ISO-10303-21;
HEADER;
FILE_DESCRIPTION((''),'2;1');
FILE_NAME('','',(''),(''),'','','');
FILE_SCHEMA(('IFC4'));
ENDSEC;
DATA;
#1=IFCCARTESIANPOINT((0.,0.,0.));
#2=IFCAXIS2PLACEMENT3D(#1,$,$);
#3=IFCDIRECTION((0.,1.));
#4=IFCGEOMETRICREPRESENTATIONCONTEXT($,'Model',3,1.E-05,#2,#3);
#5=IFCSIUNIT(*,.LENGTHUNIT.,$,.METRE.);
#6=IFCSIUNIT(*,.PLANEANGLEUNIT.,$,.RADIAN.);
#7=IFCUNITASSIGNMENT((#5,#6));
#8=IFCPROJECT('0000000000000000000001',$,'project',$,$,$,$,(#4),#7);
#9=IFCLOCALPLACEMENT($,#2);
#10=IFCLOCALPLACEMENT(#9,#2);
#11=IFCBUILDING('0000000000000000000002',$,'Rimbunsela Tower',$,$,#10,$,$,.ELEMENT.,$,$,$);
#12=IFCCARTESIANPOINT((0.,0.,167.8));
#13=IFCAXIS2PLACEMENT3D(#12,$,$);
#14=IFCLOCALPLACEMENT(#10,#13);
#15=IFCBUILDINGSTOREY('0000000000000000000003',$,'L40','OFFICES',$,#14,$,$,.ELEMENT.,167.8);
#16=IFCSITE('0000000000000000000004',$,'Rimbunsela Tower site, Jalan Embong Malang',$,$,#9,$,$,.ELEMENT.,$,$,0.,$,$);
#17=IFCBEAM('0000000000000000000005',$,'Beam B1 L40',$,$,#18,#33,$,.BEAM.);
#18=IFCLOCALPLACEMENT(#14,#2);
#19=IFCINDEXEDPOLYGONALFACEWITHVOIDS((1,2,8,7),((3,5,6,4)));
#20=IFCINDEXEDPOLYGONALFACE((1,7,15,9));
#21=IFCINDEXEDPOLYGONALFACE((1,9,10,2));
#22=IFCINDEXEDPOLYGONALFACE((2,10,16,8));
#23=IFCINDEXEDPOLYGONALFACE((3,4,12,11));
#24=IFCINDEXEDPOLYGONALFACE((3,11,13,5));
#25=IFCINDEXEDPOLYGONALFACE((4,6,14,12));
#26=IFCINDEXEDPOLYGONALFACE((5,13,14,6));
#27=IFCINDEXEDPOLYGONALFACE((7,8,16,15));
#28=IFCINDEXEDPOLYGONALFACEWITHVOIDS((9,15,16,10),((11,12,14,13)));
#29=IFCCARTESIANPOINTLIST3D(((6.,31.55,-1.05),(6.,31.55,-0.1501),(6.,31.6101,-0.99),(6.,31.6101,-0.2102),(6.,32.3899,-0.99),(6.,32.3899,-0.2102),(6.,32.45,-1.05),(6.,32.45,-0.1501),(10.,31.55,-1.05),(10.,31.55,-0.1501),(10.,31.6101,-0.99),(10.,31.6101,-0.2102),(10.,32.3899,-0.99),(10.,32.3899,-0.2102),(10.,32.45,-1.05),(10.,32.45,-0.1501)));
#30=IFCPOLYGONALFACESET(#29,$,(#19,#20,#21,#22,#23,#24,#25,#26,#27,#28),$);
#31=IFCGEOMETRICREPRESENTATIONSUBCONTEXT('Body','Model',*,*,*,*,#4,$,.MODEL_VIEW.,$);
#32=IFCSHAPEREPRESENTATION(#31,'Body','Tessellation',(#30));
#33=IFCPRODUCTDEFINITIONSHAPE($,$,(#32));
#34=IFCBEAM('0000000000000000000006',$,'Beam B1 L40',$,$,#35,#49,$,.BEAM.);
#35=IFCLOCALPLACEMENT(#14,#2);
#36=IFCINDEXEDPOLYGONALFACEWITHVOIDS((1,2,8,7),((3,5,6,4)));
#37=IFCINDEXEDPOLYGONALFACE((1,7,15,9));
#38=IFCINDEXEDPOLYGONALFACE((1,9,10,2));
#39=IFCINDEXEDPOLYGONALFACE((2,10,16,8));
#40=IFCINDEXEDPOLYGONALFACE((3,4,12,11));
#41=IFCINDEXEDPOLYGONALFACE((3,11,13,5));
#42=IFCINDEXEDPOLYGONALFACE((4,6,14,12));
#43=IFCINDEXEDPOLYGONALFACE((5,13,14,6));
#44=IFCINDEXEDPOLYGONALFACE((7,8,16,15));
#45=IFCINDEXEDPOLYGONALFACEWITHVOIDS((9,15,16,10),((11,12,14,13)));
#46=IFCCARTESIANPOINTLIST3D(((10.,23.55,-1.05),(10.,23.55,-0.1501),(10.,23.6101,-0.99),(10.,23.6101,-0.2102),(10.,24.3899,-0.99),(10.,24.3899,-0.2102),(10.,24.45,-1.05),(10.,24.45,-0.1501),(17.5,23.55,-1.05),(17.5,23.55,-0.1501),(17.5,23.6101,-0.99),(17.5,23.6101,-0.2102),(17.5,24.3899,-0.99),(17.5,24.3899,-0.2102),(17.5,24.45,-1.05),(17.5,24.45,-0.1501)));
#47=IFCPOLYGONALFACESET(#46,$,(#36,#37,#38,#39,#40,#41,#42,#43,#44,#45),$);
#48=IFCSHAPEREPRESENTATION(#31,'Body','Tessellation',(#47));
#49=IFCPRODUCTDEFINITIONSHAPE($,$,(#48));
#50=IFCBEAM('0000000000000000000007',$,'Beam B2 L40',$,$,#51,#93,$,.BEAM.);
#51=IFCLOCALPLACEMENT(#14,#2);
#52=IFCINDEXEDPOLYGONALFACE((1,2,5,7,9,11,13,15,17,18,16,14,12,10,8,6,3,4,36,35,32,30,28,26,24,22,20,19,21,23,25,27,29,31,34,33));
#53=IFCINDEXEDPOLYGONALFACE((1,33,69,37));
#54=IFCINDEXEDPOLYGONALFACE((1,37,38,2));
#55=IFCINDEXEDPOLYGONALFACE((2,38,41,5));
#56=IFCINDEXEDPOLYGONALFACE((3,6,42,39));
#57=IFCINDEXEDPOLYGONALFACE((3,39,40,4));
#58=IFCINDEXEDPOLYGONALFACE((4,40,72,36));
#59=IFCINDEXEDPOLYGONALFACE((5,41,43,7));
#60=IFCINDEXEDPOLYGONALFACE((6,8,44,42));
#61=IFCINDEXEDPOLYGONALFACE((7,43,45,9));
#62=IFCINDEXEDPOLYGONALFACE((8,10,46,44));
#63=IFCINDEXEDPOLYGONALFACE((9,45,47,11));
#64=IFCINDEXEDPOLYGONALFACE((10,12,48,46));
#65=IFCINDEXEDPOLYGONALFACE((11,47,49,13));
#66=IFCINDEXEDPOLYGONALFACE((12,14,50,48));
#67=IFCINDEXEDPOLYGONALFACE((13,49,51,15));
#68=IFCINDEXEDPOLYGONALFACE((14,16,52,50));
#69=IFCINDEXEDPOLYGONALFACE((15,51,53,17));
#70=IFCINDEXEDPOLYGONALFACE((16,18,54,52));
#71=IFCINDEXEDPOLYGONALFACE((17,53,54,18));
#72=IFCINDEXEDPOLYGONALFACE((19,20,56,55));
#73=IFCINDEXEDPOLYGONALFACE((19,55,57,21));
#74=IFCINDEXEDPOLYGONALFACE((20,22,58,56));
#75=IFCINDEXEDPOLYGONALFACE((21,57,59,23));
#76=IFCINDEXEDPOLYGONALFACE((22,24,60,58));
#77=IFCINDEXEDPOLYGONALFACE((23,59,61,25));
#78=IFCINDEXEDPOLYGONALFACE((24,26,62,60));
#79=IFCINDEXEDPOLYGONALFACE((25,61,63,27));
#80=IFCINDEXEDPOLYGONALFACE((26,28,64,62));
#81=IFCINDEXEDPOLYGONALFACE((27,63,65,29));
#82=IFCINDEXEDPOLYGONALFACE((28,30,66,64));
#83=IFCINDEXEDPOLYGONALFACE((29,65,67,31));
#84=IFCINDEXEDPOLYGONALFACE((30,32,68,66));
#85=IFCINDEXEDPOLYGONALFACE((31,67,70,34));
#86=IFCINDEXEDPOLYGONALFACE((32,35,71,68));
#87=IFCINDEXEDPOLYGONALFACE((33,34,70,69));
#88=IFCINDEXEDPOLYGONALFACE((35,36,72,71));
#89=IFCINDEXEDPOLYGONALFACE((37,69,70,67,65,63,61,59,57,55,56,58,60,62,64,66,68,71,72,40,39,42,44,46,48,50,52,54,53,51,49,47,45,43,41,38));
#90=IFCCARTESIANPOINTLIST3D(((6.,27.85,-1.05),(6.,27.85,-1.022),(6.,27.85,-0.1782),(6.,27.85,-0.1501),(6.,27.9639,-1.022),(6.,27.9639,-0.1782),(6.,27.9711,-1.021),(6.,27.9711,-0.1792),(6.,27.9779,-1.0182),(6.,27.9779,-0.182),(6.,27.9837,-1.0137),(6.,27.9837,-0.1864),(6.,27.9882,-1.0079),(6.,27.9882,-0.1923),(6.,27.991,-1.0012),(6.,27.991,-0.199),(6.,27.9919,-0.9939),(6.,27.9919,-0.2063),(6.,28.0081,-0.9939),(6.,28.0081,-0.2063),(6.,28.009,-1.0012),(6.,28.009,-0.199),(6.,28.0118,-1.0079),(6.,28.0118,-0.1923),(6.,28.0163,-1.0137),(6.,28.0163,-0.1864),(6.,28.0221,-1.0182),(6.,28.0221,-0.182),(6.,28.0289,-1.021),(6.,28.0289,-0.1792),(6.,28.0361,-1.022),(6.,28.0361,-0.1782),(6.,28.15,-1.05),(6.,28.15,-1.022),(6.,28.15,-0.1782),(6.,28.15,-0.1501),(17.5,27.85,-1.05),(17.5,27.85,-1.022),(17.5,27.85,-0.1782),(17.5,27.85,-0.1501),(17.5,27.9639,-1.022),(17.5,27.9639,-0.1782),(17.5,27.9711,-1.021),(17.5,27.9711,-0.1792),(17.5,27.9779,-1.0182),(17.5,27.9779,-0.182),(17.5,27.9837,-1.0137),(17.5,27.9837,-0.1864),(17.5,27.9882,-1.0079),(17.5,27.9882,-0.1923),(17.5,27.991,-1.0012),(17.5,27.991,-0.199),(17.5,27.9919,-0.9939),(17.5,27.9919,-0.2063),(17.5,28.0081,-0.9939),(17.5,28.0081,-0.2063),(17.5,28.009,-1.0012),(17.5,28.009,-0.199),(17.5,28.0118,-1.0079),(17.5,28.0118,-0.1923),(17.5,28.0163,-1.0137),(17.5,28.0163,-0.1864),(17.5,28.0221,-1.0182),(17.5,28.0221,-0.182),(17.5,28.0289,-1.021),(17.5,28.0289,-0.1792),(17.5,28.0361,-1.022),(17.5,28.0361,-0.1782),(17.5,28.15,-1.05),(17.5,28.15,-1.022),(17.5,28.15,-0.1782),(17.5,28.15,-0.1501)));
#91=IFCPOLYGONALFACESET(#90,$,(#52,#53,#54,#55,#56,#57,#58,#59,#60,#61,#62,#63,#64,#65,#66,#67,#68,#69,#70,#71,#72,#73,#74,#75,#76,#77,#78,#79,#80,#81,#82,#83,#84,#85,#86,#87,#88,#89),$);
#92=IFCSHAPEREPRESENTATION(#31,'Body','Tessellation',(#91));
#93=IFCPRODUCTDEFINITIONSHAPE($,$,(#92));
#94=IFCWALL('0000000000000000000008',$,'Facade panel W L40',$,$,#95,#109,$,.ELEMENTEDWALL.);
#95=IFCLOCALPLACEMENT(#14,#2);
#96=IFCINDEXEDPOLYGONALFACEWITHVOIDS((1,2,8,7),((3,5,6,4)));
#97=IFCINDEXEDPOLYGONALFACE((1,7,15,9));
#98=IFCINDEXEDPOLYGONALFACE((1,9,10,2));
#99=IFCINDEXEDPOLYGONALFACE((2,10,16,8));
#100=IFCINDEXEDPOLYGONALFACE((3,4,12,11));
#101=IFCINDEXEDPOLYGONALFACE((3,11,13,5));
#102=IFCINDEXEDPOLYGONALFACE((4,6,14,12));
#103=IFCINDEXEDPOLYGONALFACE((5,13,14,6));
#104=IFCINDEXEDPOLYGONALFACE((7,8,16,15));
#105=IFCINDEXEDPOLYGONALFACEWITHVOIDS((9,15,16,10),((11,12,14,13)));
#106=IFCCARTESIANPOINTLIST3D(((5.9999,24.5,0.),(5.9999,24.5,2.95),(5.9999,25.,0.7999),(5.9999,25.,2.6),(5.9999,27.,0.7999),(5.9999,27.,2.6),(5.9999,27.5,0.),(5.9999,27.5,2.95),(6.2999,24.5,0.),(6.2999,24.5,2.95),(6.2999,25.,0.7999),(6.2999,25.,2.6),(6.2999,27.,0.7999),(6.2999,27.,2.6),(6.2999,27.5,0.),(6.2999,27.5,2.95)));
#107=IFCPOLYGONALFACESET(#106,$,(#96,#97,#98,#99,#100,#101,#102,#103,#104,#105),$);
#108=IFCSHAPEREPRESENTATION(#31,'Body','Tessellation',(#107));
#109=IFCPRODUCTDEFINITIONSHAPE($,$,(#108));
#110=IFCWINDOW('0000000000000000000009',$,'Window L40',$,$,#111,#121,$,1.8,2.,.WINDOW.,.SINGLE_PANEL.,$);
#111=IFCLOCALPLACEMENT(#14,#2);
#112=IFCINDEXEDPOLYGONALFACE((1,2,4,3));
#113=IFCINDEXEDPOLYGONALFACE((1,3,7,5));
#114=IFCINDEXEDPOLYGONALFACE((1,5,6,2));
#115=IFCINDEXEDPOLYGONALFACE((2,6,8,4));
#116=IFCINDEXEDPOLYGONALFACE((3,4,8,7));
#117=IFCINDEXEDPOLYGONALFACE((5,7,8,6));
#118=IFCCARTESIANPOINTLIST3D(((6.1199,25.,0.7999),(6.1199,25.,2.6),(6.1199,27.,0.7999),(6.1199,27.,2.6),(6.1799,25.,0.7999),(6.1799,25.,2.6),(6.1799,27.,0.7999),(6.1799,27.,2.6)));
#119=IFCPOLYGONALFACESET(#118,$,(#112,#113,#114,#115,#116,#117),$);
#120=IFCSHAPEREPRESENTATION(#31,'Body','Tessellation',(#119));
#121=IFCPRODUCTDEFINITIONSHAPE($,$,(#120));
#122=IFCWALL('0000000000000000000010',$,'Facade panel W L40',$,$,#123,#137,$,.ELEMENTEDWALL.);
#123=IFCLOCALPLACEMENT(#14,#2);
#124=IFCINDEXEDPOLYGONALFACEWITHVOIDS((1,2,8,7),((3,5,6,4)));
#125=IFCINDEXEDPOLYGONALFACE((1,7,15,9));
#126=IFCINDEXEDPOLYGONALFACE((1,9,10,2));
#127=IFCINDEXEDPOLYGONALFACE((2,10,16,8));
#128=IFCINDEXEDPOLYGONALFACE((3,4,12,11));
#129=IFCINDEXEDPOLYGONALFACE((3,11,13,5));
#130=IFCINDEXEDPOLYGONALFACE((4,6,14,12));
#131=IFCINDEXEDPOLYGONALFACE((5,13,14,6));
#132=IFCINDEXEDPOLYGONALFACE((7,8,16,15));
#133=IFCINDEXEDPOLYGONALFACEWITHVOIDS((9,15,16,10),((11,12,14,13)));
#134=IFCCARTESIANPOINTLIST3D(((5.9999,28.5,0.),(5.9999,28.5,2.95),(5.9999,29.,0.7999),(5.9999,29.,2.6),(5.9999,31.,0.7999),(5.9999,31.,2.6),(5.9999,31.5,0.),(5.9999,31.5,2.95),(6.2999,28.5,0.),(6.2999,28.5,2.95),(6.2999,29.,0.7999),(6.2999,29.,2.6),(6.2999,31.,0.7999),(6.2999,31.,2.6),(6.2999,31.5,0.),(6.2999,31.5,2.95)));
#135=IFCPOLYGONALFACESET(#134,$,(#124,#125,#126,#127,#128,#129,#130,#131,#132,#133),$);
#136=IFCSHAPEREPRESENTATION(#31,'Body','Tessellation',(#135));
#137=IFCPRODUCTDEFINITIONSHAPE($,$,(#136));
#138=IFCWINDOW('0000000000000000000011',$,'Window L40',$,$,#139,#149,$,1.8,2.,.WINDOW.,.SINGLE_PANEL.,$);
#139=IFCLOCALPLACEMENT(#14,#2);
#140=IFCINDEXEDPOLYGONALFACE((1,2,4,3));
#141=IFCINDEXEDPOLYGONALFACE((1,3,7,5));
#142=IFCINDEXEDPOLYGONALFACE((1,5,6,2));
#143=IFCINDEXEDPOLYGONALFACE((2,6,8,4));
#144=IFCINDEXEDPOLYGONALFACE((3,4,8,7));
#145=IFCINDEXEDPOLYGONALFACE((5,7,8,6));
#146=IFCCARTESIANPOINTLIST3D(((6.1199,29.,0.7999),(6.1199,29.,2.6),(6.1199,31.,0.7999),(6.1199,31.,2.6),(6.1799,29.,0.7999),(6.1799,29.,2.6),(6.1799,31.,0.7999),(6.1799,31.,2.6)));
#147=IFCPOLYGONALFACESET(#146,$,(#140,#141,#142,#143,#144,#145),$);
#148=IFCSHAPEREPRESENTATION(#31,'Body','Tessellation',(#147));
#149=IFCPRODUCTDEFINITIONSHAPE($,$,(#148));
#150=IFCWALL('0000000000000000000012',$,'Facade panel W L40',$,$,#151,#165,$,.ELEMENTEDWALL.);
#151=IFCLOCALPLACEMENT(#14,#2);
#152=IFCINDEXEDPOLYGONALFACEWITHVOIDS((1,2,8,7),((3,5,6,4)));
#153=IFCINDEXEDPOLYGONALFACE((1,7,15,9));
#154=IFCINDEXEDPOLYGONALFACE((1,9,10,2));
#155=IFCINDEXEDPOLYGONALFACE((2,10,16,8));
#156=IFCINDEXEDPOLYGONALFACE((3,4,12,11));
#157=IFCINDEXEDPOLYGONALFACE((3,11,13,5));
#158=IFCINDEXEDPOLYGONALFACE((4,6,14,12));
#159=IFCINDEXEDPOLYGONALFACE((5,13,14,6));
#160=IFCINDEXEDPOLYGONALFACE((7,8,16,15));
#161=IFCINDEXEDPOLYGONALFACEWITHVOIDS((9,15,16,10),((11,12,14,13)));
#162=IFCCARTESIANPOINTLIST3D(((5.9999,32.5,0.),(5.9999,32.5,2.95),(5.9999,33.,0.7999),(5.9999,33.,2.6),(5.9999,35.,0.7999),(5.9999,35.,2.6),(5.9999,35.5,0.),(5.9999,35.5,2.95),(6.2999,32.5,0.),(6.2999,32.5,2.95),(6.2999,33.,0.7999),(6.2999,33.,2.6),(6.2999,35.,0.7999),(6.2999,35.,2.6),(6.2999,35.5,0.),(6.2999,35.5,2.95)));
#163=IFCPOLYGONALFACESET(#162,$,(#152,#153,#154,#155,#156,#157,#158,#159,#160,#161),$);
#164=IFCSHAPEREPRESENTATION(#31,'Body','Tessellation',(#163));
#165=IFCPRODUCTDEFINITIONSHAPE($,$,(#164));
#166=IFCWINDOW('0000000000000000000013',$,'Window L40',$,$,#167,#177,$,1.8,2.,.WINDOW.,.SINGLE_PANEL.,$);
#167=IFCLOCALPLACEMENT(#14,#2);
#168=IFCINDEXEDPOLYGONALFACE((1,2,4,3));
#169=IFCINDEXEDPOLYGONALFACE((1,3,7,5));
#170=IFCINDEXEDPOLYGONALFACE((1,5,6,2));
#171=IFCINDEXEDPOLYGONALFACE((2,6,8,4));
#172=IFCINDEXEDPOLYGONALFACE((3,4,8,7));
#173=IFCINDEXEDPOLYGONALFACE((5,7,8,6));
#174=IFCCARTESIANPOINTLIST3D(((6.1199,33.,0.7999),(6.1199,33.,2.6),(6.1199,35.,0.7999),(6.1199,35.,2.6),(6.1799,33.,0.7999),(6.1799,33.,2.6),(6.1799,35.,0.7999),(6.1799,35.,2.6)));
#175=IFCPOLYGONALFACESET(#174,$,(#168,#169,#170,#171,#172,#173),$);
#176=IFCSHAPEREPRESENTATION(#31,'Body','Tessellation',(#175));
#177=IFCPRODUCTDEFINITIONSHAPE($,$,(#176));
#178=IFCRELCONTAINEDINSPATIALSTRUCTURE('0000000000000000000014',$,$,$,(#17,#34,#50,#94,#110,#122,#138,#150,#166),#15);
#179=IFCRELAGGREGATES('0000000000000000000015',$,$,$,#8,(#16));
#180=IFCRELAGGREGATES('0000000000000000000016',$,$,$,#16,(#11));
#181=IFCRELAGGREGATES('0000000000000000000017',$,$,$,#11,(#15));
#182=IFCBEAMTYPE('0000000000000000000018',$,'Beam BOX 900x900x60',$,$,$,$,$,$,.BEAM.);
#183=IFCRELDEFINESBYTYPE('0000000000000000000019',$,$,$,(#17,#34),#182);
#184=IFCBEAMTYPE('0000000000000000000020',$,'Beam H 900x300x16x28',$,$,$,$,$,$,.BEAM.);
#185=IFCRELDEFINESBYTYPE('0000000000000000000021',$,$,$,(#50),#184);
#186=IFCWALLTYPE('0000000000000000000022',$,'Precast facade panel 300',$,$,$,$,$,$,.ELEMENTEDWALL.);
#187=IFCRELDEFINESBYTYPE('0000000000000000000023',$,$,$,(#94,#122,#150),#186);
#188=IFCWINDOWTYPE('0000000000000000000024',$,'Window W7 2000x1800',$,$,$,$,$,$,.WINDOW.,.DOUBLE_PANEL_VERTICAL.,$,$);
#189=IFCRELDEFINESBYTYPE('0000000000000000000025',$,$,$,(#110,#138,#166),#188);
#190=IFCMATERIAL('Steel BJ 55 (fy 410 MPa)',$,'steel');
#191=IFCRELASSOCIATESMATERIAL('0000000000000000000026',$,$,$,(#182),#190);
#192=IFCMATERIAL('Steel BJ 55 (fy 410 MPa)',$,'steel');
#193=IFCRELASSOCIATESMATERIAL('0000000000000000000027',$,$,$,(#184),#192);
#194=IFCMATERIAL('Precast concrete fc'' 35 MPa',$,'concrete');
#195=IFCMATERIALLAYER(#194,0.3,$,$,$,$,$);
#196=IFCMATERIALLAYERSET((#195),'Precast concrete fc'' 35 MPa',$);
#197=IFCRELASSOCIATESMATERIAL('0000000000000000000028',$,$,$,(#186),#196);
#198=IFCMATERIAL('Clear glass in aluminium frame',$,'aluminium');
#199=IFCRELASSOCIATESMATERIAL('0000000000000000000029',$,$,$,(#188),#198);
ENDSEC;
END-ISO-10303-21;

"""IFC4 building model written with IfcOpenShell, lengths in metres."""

from ifc_helpers import new_model, si_unit, direction, frame, frame_2d, origin, origin_2d, place, context, subcontext, project, spatial, rectangle, hollow_rectangle, i_section, extrude, material, layer, layer_set, material_profile, profile_set, type_object, element, fill, save


model = new_model("IFC4")

# Units and contexts
model_context = context("Model", 3, precision=1e-05, world=origin(), true_north=direction((0.0, 1.0)))
body_context = subcontext(model_context, "Body", "Model", "MODEL_VIEW")
ifc_project = project(units=[si_unit("LENGTHUNIT", "METRE"), si_unit("PLANEANGLEUNIT", "RADIAN")], contexts=[model_context])

# Site, building, storey
site_placement = place(None, origin())
site = spatial("IfcSite", under=ifc_project, at=site_placement, Name="Rimbunsela Tower site, Jalan Embong Malang", CompositionType="ELEMENT", RefElevation=0.0)
building_placement = place(site_placement, origin())
building = spatial("IfcBuilding", under=site, at=building_placement, Name="Rimbunsela Tower", CompositionType="ELEMENT")
storey_placement = place(building_placement, frame((0.0, 0.0, 167.8)))
storey = spatial("IfcBuildingStorey", under=building, at=storey_placement, Name="L40", Description="OFFICES", CompositionType="ELEMENT", Elevation=167.8)

# Beams
ifc_material_1 = material(Name="Steel BJ 55 (fy 410 MPa)", Category="steel")
ifc_material_profile_1 = material_profile(ifc_material_1, hollow_rectangle(XDim=0.8999, YDim=0.8999, WallThickness=0.0601, at=origin_2d()), Name="BOX 900x900x60")
ifc_profile_set_1 = profile_set([ifc_material_profile_1], Name="Steel BJ 55 (fy 410 MPa)")
beam_type_1 = type_object("IfcBeamType", Name="Beam BOX 900x900x60", PredefinedType="BEAM", material=ifc_profile_set_1)
for number, where, z_axis, x_axis, name in (
    (1, (6.0, 32.0, -0.6001), (1.0, 0.0, 0.0), (0.0, 1.0, 0.0), "Beam B1 L40"),
):
    element("IfcBeam", number, at=place(storey_placement, frame(where, z_axis=z_axis, x_axis=x_axis)), inside=storey, type_object=beam_type_1, Name=name, PredefinedType="BEAM", context=body_context, shape_type="SweptSolid", body=[
        extrude(hollow_rectangle(XDim=0.8999, YDim=0.8999, WallThickness=0.0601, at=origin_2d()), origin(), (0.0, 0.0, 1.0), 4.0),
    ])
beam_1_placement = place(storey_placement, frame((10.0, 24.0, -0.6001), z_axis=(1.0, 0.0, 0.0), x_axis=(0.0, 1.0, 0.0)))
element("IfcBeam", 2, at=beam_1_placement, inside=storey, type_object=beam_type_1, Name="Beam B1 L40", PredefinedType="BEAM", context=body_context, shape_type="SweptSolid", body=[
    extrude(hollow_rectangle(XDim=0.8999, YDim=0.8999, WallThickness=0.0601, at=origin_2d()), origin(), (0.0, 0.0, 1.0), 7.5),
])
ifc_material_2 = material(Name="Steel BJ 55 (fy 410 MPa)", Category="steel")
ifc_material_profile_2 = material_profile(ifc_material_2, i_section(OverallWidth=0.3, OverallDepth=0.8999, WebThickness=0.0161, FlangeThickness=0.0281, FilletRadius=0.0281, at=origin_2d()), Name="H 900x300x16x28")
ifc_profile_set_2 = profile_set([ifc_material_profile_2], Name="Steel BJ 55 (fy 410 MPa)")
beam_type_2 = type_object("IfcBeamType", Name="Beam H 900x300x16x28", PredefinedType="BEAM", material=ifc_profile_set_2)
beam_2_placement = place(storey_placement, frame((6.0, 28.0, -0.6001), z_axis=(1.0, 0.0, 0.0), x_axis=(0.0, 1.0, 0.0)))
element("IfcBeam", 3, at=beam_2_placement, inside=storey, type_object=beam_type_2, Name="Beam B2 L40", PredefinedType="BEAM", context=body_context, shape_type="SweptSolid", body=[
    extrude(i_section(OverallWidth=0.3, OverallDepth=0.8999, WebThickness=0.0161, FlangeThickness=0.0281, FilletRadius=0.0281, at=origin_2d()), origin(), (0.0, 0.0, 1.0), 11.5),
])

# Walls, openings, windows
ifc_material_3 = material(Name="Precast concrete fc' 35 MPa", Category="concrete")
ifc_layer_1 = layer(ifc_material_3, 0.3)
ifc_layer_set_1 = layer_set([ifc_layer_1], Name="Precast concrete fc' 35 MPa")
wall_type = type_object("IfcWallType", Name="Precast facade panel 300", PredefinedType="ELEMENTEDWALL", material=ifc_layer_set_1)
wall_1_placement = place(storey_placement, frame((6.1499, 27.5, 0.0), z_axis=(0.0, 0.0, 1.0), x_axis=(0.0, -1.0, 0.0)))
wall_1 = element("IfcWall", 4, at=wall_1_placement, inside=storey, type_object=wall_type, Name="Facade panel W L40", PredefinedType="ELEMENTEDWALL", context=body_context, shape_type="SweptSolid", body=[
    extrude(rectangle(XDim=3.0, YDim=0.3, at=frame_2d((1.5, 0.0))), origin(), (0.0, 0.0, 1.0), 2.95),
])
opening_1_placement = place(wall_1_placement, frame((0.5, 0.0, 0.8)))
opening_1 = element("IfcOpeningElement", 5, at=opening_1_placement, cuts=wall_1, PredefinedType="OPENING", context=body_context, shape_type="SweptSolid", body=[
    extrude(rectangle(XDim=2.0, YDim=1.8, at=frame_2d((1.0, 0.8999))), frame((0.0, 0.1599, 0.0), z_axis=(0.0, -1.0, 0.0), x_axis=(1.0, 0.0, 0.0)), (0.0, 0.0, 1.0), 0.3201),
])
ifc_material_4 = material(Name="Clear glass in aluminium frame", Category="aluminium")
window_type = type_object("IfcWindowType", Name="Window W7 2000x1800", PartitioningType="DOUBLE_PANEL_VERTICAL", PredefinedType="WINDOW", material=ifc_material_4)
window_1_placement = place(opening_1_placement, origin())
window_1 = element("IfcWindow", 6, at=window_1_placement, inside=storey, type_object=window_type, Name="Window L40", OverallHeight=1.8, OverallWidth=2.0, PartitioningType="SINGLE_PANEL", PredefinedType="WINDOW", context=body_context, shape_type="SweptSolid", body=[
    extrude(rectangle(XDim=2.0, YDim=1.8, at=frame_2d((1.0, 0.8999))), frame((0.0, 0.03, 0.0), z_axis=(0.0, -1.0, 0.0), x_axis=(1.0, 0.0, 0.0)), (0.0, 0.0, 1.0), 0.0601),
])
fill(opening_1, window_1)
wall_2_placement = place(storey_placement, frame((6.1499, 31.5, 0.0), z_axis=(0.0, 0.0, 1.0), x_axis=(0.0, -1.0, 0.0)))
wall_2 = element("IfcWall", 7, at=wall_2_placement, inside=storey, type_object=wall_type, Name="Facade panel W L40", PredefinedType="ELEMENTEDWALL", context=body_context, shape_type="SweptSolid", body=[
    extrude(rectangle(XDim=3.0, YDim=0.3, at=frame_2d((1.5, 0.0))), origin(), (0.0, 0.0, 1.0), 2.95),
])
opening_2_placement = place(wall_2_placement, frame((0.5, 0.0, 0.8)))
opening_2 = element("IfcOpeningElement", 8, at=opening_2_placement, cuts=wall_2, PredefinedType="OPENING", context=body_context, shape_type="SweptSolid", body=[
    extrude(rectangle(XDim=2.0, YDim=1.8, at=frame_2d((1.0, 0.8999))), frame((0.0, 0.1599, 0.0), z_axis=(0.0, -1.0, 0.0), x_axis=(1.0, 0.0, 0.0)), (0.0, 0.0, 1.0), 0.3201),
])
window_2_placement = place(opening_2_placement, origin())
window_2 = element("IfcWindow", 9, at=window_2_placement, inside=storey, type_object=window_type, Name="Window L40", OverallHeight=1.8, OverallWidth=2.0, PartitioningType="SINGLE_PANEL", PredefinedType="WINDOW", context=body_context, shape_type="SweptSolid", body=[
    extrude(rectangle(XDim=2.0, YDim=1.8, at=frame_2d((1.0, 0.8999))), frame((0.0, 0.03, 0.0), z_axis=(0.0, -1.0, 0.0), x_axis=(1.0, 0.0, 0.0)), (0.0, 0.0, 1.0), 0.0601),
])
fill(opening_2, window_2)
wall_3_placement = place(storey_placement, frame((6.1499, 35.5, 0.0), z_axis=(0.0, 0.0, 1.0), x_axis=(0.0, -1.0, 0.0)))
wall_3 = element("IfcWall", 10, at=wall_3_placement, inside=storey, type_object=wall_type, Name="Facade panel W L40", PredefinedType="ELEMENTEDWALL", context=body_context, shape_type="SweptSolid", body=[
    extrude(rectangle(XDim=3.0, YDim=0.3, at=frame_2d((1.5, 0.0))), origin(), (0.0, 0.0, 1.0), 2.95),
])
opening_3_placement = place(wall_3_placement, frame((0.5, 0.0, 0.8)))
opening_3 = element("IfcOpeningElement", 11, at=opening_3_placement, cuts=wall_3, PredefinedType="OPENING", context=body_context, shape_type="SweptSolid", body=[
    extrude(rectangle(XDim=2.0, YDim=1.8, at=frame_2d((1.0, 0.8999))), frame((0.0, 0.1599, 0.0), z_axis=(0.0, -1.0, 0.0), x_axis=(1.0, 0.0, 0.0)), (0.0, 0.0, 1.0), 0.3201),
])
window_3_placement = place(opening_3_placement, origin())
window_3 = element("IfcWindow", 12, at=window_3_placement, inside=storey, type_object=window_type, Name="Window L40", OverallHeight=1.8, OverallWidth=2.0, PartitioningType="SINGLE_PANEL", PredefinedType="WINDOW", context=body_context, shape_type="SweptSolid", body=[
    extrude(rectangle(XDim=2.0, YDim=1.8, at=frame_2d((1.0, 0.8999))), frame((0.0, 0.03, 0.0), z_axis=(0.0, -1.0, 0.0), x_axis=(1.0, 0.0, 0.0)), (0.0, 0.0, 1.0), 0.0601),
])
fill(opening_3, window_3)

save(model, "model.ifc")
